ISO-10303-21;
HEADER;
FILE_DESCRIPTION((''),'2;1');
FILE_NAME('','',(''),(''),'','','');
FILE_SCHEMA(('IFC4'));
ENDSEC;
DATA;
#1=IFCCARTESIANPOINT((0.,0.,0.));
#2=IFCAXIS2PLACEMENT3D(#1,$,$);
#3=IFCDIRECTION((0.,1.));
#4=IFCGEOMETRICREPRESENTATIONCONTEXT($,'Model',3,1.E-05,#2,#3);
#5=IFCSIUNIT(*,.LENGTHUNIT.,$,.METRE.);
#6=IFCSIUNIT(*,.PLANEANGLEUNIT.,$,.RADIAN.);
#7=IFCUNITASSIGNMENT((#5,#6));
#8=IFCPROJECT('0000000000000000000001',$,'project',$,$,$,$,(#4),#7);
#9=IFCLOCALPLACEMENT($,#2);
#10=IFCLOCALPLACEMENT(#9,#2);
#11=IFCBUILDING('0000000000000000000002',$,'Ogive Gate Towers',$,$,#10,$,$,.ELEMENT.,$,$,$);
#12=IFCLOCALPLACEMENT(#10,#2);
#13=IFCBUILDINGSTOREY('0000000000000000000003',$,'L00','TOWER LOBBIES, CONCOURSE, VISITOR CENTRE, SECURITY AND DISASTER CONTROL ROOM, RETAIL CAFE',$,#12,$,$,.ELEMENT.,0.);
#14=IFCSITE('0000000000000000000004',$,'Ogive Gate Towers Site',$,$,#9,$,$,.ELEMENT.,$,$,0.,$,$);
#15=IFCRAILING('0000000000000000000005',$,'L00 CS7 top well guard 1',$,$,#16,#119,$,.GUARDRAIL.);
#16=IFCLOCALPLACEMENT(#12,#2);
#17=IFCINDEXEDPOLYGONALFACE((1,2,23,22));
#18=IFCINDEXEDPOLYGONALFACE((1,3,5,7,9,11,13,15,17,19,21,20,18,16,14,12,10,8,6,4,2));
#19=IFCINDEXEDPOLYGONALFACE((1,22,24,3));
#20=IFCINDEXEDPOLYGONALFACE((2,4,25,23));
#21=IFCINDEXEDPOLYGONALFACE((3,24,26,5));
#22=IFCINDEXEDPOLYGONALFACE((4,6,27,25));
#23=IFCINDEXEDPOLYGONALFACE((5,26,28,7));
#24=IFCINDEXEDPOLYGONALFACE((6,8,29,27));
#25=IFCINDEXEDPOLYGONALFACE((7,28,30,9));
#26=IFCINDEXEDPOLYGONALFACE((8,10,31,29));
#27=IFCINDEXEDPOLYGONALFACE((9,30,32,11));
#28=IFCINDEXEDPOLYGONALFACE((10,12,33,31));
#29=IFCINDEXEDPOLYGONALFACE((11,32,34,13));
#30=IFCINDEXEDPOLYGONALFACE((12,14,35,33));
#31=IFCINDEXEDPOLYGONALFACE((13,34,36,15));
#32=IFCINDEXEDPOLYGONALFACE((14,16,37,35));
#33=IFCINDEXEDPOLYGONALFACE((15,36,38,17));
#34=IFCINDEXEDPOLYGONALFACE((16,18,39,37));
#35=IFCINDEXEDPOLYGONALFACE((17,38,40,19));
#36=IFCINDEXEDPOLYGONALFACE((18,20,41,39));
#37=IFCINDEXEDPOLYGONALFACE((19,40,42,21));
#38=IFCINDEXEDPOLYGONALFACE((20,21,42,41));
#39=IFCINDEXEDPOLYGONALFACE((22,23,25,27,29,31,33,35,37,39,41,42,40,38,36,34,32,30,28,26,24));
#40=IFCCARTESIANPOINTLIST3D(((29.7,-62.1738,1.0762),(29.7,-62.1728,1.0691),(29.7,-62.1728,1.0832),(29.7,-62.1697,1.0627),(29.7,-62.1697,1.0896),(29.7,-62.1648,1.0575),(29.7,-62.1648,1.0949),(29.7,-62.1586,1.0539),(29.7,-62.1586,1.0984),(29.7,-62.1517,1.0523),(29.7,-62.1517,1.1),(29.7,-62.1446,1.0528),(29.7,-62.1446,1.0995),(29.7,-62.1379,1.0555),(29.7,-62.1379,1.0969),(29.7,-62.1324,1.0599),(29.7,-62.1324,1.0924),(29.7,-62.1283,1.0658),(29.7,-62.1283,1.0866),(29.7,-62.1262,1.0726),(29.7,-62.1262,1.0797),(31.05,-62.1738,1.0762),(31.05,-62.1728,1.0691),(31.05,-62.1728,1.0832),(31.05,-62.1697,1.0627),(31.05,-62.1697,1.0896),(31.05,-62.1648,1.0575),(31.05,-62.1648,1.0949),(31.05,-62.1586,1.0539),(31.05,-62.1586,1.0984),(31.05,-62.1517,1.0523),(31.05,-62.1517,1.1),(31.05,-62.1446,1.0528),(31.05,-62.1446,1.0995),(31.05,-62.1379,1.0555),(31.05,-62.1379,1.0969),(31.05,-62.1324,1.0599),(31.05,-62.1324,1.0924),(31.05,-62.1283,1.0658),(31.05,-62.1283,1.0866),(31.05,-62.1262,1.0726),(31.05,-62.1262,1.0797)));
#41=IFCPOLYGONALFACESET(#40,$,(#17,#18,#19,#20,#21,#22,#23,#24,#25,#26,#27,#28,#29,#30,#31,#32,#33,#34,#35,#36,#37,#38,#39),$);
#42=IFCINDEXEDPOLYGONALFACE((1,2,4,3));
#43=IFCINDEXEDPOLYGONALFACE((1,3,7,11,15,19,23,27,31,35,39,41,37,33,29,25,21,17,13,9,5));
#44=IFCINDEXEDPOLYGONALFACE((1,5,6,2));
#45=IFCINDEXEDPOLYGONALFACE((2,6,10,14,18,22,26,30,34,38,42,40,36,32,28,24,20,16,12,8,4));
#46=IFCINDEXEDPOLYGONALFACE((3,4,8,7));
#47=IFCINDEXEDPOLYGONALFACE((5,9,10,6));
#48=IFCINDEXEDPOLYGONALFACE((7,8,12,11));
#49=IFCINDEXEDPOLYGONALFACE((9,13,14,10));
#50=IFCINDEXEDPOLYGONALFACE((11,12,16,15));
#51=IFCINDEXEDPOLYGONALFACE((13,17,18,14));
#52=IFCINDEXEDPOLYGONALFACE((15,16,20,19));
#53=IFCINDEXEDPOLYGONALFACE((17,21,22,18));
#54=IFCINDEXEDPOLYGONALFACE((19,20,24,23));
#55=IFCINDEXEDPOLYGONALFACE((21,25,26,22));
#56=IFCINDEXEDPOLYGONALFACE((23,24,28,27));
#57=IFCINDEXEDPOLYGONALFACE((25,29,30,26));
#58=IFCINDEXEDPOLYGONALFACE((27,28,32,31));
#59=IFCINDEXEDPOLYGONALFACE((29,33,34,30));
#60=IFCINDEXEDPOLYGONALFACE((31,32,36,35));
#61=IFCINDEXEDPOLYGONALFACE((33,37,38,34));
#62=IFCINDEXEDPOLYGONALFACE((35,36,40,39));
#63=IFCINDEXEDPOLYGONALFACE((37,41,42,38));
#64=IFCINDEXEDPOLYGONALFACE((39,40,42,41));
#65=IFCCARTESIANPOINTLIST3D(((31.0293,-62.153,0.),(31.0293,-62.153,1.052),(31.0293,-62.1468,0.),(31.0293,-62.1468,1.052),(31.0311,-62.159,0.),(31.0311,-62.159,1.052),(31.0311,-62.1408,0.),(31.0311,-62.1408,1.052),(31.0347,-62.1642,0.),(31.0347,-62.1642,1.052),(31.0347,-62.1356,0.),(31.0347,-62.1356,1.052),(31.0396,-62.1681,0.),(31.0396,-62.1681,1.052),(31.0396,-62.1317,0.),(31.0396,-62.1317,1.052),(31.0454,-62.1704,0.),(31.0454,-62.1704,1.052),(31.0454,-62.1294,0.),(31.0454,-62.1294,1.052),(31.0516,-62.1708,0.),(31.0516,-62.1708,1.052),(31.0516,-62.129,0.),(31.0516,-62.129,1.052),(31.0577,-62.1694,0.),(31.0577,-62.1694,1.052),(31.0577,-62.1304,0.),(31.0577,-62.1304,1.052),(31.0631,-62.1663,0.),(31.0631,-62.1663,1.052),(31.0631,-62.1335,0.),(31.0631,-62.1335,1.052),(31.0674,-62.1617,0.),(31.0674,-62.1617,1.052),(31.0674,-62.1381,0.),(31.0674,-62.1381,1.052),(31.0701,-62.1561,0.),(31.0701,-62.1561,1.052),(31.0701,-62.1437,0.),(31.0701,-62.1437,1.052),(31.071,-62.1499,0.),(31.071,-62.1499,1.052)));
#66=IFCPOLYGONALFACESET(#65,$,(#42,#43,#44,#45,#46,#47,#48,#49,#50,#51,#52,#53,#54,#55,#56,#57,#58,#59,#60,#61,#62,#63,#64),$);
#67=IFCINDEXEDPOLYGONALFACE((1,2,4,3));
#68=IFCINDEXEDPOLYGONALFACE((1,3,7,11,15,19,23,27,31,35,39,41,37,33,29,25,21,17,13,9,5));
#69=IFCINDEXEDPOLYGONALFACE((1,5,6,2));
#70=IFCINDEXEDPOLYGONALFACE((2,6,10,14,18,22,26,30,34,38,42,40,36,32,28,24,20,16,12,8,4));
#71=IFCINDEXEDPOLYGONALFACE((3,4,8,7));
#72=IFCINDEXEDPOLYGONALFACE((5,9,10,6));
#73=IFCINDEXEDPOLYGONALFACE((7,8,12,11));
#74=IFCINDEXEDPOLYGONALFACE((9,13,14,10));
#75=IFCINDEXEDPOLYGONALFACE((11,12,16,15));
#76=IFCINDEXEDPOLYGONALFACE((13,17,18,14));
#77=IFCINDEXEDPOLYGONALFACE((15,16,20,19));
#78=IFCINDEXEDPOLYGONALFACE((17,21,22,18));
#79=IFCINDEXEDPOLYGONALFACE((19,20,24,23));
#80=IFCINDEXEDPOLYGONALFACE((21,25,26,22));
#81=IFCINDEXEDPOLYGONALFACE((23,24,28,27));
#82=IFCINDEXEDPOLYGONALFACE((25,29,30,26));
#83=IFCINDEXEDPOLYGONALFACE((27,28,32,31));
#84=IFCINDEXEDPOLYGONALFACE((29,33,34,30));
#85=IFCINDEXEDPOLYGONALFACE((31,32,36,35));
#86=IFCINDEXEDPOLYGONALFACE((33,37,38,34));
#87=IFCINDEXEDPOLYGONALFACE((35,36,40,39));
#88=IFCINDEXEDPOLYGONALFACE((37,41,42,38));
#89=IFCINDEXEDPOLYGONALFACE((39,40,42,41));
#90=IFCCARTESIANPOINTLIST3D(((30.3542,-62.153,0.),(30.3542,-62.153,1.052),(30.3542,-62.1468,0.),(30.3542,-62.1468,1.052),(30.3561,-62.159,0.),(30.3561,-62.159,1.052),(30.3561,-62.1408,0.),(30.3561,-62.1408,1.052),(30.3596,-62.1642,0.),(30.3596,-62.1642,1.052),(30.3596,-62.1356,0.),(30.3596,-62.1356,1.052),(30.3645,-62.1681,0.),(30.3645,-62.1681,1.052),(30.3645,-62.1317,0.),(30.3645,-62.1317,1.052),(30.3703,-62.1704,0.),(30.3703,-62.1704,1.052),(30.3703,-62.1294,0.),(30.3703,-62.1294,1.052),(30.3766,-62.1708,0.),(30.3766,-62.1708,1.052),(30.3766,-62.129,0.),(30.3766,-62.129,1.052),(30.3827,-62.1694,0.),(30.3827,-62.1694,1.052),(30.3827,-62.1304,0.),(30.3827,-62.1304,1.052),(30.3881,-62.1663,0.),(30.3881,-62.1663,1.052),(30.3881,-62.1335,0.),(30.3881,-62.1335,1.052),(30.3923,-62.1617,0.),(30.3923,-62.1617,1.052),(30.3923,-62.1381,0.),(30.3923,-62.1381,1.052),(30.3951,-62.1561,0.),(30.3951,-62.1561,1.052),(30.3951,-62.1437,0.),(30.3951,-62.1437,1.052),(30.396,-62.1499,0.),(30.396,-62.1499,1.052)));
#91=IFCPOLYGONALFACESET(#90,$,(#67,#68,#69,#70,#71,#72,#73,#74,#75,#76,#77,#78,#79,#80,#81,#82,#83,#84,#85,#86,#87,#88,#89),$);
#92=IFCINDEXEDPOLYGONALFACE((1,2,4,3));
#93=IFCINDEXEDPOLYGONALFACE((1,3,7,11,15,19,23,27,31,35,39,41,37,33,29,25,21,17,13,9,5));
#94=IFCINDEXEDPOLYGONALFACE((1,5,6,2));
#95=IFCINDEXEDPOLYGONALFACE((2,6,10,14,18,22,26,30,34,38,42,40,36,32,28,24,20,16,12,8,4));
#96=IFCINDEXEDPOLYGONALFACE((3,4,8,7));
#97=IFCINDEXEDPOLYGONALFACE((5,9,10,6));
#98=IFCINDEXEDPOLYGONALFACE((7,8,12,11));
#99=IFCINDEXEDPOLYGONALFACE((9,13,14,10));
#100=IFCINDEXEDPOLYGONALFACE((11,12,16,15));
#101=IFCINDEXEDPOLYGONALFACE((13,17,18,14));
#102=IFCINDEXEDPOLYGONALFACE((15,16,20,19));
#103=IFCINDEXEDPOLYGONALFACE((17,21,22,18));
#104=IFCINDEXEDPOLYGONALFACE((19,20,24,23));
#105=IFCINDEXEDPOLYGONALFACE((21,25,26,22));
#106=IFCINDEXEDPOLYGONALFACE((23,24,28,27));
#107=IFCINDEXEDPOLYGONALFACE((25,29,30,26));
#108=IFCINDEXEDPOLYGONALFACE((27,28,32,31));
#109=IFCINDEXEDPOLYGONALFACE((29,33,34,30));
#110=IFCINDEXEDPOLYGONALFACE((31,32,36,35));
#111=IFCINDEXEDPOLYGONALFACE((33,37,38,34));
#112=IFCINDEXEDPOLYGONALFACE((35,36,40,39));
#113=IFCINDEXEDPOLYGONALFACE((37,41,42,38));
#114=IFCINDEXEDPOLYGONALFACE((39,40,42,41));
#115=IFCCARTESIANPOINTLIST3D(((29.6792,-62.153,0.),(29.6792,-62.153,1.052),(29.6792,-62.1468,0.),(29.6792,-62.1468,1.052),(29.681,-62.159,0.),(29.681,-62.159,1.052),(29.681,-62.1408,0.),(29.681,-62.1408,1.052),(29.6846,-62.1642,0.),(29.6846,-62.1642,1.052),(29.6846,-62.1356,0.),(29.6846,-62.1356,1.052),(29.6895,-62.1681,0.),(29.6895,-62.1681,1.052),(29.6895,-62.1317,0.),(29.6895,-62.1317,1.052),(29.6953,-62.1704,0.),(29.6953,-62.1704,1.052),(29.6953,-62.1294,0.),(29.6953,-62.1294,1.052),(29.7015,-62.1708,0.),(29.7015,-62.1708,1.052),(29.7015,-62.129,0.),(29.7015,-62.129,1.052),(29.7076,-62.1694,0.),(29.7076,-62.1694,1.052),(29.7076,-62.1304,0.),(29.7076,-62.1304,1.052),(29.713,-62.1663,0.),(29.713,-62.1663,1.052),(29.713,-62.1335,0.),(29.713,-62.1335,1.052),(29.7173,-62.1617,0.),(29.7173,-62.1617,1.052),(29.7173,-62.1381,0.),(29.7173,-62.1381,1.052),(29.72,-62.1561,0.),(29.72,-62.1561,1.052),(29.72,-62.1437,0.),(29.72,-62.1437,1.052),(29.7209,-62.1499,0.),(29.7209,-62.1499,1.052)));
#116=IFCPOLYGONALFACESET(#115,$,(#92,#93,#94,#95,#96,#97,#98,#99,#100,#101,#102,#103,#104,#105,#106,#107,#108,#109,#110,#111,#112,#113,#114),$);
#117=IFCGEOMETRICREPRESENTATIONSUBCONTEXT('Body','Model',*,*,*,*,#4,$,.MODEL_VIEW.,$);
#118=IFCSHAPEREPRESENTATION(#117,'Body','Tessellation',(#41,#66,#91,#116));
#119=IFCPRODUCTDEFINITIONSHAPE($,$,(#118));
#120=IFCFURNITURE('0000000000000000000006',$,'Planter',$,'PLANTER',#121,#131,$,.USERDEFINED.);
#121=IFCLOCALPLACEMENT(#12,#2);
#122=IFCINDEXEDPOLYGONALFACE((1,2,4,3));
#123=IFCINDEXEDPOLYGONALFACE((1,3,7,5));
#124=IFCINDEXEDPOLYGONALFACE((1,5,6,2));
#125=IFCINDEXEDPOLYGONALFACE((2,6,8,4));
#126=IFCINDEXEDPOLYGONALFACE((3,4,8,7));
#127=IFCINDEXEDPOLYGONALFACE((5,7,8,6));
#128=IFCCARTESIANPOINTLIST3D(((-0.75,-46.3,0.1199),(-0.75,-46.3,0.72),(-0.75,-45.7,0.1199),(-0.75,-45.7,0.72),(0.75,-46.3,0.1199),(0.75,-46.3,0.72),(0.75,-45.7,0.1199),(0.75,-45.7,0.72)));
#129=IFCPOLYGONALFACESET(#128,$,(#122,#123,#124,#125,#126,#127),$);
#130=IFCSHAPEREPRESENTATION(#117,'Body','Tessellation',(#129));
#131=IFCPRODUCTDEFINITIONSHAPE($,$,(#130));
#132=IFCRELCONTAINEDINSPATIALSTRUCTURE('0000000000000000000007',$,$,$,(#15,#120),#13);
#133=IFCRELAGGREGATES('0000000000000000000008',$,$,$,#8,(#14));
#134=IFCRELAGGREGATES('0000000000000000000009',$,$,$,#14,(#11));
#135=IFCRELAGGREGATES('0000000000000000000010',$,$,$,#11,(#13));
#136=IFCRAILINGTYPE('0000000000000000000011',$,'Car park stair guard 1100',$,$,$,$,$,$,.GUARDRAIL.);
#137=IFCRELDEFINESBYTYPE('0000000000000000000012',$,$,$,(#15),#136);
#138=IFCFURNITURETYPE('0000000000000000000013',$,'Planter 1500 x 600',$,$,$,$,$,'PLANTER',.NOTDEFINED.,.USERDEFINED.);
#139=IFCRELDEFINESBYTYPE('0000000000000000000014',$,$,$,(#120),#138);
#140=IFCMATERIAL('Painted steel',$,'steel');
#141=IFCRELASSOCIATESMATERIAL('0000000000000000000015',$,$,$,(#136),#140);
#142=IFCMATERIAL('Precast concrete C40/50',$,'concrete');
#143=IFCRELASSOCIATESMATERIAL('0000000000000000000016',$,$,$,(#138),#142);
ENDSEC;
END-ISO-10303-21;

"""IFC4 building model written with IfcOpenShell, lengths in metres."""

from ifc_helpers import new_model, si_unit, direction, frame, origin, origin_2d, place, context, subcontext, project, spatial, rectangle, circle, extrude, material, type_object, element, save


model = new_model("IFC4")

# Units and contexts
model_context = context("Model", 3, precision=1e-05, world=origin(), true_north=direction((0.0, 1.0)))
body_context = subcontext(model_context, "Body", "Model", "MODEL_VIEW")
ifc_project = project(units=[si_unit("LENGTHUNIT", "METRE"), si_unit("PLANEANGLEUNIT", "RADIAN")], contexts=[model_context])

# Site, building, storey
site_placement = place(None, origin())
site = spatial("IfcSite", under=ifc_project, at=site_placement, Name="Ogive Gate Towers Site", CompositionType="ELEMENT", RefElevation=0.0)
building_placement = place(site_placement, origin())
building = spatial("IfcBuilding", under=site, at=building_placement, Name="Ogive Gate Towers", CompositionType="ELEMENT")
storey_placement = place(building_placement, origin())
storey = spatial("IfcBuildingStorey", under=building, at=storey_placement, Name="L00", Description="TOWER LOBBIES, CONCOURSE, VISITOR CENTRE, SECURITY AND DISASTER CONTROL ROOM, RETAIL CAFE", CompositionType="ELEMENT", Elevation=0.0)

# Shared definitions
ifc_material_1 = material(Name="Precast concrete C40/50", Category="concrete")

# Railing
ifc_material_2 = material(Name="Painted steel", Category="steel")
railing_type_1 = type_object("IfcRailingType", Name="Car park stair guard 1100", PredefinedType="GUARDRAIL", material=ifc_material_2)
railing_placement = place(storey_placement, frame((31.05, -62.1499, 0.0)))
element("IfcRailing", 1, at=railing_placement, inside=storey, type_object=railing_type_1, Name="L00 CS7 top well guard 1", PredefinedType="GUARDRAIL", context=body_context, shape_type="SweptSolid", body=[
    extrude(circle(Radius=0.0239, at=origin_2d()), frame((0.0, 0.0, 1.0762), z_axis=(-1.0, 0.0, 0.0), x_axis=(0.0, -1.0, 0.0)), (0.0, 0.0, 1.0), 1.3501),
    extrude(circle(Radius=0.021, at=origin_2d()), origin(), (0.0, 0.0, 1.0), 1.052),
    extrude(circle(Radius=0.021, at=origin_2d()), frame((-0.675, 0.0, 0.0)), (0.0, 0.0, 1.0), 1.052),
    extrude(circle(Radius=0.021, at=origin_2d()), frame((-1.3501, 0.0, 0.0)), (0.0, 0.0, 1.0), 1.052),
])

# Furniture
furniture_type = type_object("IfcFurnitureType", Name="Planter 1500 x 600", ElementType="PLANTER", AssemblyPlace="NOTDEFINED", PredefinedType="USERDEFINED", material=ifc_material_1)
furniture_placement = place(storey_placement, frame((0.0, -46.0, 0.1199), z_axis=(0.0, 0.0, 1.0), x_axis=(1.0, 0.0, 0.0)))
element("IfcFurniture", 2, at=furniture_placement, inside=storey, type_object=furniture_type, Name="Planter", ObjectType="PLANTER", PredefinedType="USERDEFINED", context=body_context, shape_type="SweptSolid", body=[
    extrude(rectangle(XDim=1.5, YDim=0.6001, at=origin_2d()), origin(), (0.0, 0.0, 1.0), 0.6001),
])

save(model, "model.ifc")
